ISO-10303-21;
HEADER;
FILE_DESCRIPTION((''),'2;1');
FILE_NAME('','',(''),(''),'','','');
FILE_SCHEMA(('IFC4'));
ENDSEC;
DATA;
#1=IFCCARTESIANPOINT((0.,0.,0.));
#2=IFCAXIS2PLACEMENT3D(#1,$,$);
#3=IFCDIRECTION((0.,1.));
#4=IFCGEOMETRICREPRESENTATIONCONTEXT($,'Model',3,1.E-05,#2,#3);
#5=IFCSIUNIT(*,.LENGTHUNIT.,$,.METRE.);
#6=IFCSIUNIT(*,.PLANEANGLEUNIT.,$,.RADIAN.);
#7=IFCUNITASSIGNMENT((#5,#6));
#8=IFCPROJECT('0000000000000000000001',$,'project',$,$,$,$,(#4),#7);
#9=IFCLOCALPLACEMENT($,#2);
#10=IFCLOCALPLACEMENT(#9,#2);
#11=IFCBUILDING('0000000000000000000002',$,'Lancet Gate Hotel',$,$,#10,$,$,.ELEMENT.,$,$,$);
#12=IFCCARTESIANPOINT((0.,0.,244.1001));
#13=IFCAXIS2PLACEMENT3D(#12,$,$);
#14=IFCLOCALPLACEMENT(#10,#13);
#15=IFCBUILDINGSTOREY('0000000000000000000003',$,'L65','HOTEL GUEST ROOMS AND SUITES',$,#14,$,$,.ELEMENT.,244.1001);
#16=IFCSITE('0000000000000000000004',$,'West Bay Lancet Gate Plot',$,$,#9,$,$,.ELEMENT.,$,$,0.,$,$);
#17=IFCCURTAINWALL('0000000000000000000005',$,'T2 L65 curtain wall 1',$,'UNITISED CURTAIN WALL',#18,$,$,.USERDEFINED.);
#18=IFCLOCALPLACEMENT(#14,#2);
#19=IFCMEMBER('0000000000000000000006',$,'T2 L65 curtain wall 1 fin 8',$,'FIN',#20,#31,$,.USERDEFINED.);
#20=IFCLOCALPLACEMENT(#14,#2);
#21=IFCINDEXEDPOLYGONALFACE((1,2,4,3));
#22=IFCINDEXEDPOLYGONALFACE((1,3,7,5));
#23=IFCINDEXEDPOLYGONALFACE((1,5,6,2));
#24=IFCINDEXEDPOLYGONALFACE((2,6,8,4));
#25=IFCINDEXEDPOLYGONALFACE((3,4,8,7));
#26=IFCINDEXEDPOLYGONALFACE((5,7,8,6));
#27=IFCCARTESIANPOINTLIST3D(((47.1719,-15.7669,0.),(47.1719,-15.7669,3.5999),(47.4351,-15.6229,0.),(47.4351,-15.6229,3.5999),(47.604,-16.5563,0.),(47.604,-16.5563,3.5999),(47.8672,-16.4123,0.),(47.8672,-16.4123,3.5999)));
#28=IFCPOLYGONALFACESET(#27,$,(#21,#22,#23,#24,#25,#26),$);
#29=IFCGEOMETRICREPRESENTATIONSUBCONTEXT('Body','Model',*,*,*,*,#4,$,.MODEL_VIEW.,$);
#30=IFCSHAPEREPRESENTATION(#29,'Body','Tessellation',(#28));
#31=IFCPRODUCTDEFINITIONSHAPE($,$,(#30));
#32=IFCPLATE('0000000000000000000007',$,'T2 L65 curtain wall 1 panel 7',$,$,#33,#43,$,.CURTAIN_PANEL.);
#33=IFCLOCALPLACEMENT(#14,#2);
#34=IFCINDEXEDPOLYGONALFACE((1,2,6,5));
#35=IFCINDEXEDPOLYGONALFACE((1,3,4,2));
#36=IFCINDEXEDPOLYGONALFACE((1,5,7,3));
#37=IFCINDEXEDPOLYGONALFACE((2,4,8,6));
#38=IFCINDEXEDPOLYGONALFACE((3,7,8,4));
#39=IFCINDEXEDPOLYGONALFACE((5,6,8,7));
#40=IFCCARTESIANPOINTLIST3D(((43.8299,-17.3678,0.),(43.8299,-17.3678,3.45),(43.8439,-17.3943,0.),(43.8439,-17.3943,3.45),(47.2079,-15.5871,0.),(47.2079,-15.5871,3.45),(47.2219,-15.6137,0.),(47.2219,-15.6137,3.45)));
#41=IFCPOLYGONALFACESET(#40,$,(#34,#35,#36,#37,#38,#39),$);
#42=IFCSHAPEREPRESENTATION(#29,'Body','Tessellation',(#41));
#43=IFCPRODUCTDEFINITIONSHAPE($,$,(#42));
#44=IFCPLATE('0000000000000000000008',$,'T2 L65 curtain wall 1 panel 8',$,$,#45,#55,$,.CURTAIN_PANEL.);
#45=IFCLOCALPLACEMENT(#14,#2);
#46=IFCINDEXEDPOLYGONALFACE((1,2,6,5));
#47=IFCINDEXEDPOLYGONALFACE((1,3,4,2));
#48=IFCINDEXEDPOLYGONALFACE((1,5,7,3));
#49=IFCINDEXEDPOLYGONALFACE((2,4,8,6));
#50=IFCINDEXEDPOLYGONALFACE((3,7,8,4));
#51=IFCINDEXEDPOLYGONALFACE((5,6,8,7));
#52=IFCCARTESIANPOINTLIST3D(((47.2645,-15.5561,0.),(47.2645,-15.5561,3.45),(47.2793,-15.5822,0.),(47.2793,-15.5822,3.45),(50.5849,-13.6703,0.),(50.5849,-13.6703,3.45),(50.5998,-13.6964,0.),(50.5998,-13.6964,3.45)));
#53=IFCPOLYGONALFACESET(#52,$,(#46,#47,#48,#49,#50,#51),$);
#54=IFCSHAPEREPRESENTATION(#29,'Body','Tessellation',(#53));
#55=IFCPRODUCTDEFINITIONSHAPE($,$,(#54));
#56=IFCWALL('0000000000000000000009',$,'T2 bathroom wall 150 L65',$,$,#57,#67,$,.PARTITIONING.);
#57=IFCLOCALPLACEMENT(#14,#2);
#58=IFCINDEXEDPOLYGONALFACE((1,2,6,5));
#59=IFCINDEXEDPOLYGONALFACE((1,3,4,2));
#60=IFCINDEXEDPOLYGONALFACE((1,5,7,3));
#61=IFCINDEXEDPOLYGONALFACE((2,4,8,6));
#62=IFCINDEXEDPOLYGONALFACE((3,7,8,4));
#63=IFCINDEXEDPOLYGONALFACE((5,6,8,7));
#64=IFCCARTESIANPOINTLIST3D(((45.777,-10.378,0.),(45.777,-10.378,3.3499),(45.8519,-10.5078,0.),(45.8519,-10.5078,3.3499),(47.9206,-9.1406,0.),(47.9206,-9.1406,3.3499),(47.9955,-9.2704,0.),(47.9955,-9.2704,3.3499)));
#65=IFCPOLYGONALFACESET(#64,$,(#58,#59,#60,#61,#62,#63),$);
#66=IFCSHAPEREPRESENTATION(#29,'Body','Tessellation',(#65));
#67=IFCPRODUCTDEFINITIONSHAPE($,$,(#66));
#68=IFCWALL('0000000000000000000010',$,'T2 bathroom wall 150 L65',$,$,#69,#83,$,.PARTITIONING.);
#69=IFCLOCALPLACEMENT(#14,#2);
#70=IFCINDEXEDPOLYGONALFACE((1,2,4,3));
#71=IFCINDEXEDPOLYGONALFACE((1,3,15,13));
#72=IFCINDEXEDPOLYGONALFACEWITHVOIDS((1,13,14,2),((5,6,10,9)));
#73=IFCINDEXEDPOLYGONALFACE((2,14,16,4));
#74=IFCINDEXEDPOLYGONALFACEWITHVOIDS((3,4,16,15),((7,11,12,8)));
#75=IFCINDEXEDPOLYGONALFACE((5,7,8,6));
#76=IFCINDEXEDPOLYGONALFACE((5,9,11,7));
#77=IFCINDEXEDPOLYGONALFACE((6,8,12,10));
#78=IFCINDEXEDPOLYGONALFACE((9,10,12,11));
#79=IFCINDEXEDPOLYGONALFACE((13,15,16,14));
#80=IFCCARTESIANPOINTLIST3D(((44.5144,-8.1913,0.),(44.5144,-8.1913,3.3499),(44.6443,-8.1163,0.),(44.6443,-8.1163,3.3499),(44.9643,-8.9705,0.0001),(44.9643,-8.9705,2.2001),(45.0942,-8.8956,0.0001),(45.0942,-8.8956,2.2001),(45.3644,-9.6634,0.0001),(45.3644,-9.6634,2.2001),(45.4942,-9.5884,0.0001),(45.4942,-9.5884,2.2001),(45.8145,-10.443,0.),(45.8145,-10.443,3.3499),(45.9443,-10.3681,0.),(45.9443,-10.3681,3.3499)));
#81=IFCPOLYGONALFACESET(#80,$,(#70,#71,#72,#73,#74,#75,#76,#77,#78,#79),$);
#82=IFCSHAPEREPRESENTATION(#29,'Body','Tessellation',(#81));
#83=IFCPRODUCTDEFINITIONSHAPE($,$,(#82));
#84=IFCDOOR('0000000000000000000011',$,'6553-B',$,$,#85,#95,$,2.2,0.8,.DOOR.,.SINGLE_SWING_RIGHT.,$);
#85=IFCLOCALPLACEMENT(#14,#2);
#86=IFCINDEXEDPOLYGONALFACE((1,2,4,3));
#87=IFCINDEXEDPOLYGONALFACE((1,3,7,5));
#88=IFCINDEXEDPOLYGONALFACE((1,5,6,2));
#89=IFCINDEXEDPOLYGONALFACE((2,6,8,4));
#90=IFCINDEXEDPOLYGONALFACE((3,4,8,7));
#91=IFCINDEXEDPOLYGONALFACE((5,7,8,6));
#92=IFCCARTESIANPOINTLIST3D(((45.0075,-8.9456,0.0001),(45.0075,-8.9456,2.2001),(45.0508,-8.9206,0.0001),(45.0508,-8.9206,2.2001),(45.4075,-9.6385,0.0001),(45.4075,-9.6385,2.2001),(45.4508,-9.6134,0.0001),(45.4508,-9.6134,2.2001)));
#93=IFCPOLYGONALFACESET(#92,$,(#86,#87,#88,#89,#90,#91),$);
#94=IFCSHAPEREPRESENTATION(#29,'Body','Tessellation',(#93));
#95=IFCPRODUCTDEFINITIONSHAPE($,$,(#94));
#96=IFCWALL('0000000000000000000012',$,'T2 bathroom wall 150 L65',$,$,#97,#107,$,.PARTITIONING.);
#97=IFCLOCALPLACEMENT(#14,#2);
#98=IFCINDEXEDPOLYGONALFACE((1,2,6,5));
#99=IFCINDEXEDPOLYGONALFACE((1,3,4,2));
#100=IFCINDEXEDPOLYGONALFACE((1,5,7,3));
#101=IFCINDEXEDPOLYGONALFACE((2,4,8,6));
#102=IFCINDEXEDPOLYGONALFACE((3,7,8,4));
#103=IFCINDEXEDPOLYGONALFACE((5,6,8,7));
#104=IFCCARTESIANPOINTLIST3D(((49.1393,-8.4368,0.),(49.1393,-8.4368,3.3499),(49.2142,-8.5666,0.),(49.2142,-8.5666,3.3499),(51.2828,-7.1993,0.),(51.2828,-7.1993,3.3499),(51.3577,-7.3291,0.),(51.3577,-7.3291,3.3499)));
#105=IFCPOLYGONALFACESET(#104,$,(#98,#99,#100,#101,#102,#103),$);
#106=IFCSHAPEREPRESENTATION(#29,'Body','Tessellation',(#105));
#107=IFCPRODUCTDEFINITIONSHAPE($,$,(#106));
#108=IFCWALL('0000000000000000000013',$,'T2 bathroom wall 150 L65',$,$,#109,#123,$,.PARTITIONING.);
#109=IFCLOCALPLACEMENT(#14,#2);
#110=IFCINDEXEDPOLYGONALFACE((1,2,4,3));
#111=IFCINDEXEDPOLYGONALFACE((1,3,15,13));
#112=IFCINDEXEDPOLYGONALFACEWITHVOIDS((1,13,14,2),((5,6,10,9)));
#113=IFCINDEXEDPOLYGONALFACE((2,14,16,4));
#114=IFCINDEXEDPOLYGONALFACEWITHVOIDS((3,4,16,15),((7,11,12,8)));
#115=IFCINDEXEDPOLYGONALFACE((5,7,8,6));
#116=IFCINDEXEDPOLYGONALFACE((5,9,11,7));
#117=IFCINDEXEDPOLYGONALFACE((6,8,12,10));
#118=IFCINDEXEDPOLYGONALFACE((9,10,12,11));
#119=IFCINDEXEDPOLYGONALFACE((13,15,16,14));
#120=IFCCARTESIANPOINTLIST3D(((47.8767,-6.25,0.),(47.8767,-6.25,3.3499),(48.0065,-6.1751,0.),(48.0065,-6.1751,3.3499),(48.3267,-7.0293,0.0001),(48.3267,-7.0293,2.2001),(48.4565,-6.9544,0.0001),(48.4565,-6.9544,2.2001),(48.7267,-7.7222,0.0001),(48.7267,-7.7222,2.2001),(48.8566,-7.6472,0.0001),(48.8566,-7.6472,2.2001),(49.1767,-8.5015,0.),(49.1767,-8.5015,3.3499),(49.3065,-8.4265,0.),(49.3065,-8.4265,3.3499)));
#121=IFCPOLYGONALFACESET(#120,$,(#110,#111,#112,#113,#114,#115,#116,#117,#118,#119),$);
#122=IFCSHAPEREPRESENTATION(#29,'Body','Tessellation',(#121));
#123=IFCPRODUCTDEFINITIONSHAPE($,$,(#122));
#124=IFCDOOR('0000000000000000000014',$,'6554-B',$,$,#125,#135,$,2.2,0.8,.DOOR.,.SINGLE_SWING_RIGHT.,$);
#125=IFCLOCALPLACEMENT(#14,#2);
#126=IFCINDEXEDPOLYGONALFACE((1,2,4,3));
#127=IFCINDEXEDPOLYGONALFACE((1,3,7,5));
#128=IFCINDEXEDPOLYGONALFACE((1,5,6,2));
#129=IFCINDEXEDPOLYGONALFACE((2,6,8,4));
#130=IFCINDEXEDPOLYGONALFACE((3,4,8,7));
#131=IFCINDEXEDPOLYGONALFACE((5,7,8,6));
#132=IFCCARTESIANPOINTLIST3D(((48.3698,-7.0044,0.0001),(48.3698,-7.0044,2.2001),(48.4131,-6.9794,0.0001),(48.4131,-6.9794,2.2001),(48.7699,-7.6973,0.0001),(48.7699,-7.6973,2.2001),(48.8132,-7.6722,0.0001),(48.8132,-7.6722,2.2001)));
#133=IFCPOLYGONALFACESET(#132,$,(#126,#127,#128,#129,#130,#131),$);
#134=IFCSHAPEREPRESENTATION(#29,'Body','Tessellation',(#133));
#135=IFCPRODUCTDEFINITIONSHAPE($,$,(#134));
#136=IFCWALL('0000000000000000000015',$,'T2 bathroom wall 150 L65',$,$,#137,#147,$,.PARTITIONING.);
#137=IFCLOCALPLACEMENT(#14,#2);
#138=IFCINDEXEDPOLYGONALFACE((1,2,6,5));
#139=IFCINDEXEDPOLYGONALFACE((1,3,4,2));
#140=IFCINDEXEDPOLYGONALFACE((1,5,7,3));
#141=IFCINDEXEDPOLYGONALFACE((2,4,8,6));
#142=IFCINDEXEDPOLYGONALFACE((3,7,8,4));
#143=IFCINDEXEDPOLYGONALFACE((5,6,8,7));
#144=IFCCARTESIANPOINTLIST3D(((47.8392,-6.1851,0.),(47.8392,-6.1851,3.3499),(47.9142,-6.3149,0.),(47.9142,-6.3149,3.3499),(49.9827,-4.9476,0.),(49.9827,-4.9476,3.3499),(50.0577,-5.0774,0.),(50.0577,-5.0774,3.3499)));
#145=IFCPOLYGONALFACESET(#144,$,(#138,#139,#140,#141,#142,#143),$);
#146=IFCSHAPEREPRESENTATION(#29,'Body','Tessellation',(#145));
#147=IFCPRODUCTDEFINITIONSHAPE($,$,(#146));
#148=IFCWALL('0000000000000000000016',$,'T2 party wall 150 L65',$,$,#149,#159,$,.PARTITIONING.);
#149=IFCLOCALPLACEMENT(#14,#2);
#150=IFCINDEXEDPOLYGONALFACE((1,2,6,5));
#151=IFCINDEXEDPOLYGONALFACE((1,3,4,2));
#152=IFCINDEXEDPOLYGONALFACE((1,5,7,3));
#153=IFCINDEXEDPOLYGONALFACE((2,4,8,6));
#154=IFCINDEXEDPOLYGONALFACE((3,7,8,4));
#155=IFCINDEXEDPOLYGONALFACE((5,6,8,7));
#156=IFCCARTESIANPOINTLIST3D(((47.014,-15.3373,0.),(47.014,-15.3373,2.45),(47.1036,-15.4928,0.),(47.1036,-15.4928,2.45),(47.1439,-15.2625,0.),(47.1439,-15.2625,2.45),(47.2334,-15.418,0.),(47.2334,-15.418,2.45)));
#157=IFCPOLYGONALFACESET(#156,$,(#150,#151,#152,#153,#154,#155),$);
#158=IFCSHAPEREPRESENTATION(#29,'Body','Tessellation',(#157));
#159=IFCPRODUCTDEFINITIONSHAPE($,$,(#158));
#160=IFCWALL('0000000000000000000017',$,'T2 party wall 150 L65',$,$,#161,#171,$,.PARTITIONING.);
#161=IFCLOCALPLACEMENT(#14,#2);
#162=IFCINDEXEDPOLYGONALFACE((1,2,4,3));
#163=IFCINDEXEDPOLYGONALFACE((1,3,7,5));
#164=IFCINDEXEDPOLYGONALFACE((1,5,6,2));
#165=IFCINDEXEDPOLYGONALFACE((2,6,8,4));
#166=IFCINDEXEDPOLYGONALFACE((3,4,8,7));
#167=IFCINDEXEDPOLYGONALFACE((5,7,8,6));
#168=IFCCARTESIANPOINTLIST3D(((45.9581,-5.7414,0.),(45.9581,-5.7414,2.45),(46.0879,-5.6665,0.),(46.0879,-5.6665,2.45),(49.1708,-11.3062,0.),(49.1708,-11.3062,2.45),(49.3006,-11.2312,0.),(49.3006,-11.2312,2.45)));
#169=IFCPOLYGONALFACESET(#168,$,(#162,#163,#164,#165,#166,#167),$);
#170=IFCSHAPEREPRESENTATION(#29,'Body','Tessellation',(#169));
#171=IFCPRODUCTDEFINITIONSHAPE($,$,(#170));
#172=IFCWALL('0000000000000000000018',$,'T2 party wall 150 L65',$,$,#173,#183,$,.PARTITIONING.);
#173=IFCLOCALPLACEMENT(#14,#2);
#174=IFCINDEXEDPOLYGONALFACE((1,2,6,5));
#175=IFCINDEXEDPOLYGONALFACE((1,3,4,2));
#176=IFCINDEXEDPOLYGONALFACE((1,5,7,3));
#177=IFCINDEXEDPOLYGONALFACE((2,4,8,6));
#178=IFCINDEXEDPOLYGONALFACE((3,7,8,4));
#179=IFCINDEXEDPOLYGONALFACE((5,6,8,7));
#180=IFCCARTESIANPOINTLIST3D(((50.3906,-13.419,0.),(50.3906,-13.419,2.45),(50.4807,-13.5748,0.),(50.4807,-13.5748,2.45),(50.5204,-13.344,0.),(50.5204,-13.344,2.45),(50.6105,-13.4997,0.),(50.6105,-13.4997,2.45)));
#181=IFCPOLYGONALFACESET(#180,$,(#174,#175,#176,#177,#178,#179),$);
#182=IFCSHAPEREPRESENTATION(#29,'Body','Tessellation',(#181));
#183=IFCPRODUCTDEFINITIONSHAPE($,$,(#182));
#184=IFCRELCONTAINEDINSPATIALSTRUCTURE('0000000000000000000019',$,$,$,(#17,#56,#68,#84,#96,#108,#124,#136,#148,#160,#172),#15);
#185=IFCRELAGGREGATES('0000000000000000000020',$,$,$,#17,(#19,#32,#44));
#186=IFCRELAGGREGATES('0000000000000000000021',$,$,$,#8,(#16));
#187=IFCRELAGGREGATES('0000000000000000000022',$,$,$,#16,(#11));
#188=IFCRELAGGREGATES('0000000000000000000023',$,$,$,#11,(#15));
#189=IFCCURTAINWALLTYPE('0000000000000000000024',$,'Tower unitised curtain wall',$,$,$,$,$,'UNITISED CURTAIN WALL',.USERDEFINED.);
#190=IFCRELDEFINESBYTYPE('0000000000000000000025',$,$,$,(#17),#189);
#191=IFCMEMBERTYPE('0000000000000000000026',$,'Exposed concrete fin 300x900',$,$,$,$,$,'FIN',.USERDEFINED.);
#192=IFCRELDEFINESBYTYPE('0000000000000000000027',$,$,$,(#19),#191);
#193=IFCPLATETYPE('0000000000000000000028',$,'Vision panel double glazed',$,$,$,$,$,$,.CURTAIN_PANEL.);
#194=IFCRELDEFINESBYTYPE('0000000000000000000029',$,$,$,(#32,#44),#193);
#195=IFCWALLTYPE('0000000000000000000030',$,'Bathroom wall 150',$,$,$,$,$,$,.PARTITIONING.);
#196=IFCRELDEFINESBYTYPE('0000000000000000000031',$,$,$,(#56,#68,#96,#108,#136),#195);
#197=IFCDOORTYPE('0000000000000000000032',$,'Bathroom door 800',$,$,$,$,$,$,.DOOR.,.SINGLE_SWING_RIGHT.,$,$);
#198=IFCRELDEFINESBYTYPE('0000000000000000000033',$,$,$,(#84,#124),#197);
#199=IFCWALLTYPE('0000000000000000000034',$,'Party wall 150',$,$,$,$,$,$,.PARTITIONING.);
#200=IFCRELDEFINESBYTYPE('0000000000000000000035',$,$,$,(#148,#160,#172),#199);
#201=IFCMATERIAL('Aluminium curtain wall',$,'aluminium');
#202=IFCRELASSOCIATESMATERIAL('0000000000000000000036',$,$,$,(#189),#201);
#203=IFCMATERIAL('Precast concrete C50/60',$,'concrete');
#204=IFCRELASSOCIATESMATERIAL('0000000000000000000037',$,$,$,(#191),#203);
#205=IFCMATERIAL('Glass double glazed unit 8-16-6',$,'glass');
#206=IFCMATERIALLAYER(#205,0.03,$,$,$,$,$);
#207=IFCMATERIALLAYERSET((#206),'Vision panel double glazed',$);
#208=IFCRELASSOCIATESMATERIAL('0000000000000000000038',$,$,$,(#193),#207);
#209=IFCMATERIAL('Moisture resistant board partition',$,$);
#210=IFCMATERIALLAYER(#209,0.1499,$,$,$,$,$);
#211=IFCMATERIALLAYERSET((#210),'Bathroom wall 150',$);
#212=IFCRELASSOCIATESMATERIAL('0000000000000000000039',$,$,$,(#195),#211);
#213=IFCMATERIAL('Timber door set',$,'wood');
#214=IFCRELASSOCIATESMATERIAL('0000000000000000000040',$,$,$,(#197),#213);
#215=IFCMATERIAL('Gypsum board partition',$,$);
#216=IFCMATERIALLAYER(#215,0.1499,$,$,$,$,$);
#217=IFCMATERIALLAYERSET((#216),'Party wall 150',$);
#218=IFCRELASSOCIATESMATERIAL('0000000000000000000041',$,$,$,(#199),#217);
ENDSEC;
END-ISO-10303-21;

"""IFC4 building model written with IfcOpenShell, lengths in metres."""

from ifc_helpers import new_model, si_unit, direction, frame, frame_2d, origin, origin_2d, place, context, subcontext, project, spatial, rectangle, extrude, material, layer, layer_set, material_profile, profile_set, type_object, element, fill, aggregate, save


model = new_model("IFC4")

# Units and contexts
model_context = context("Model", 3, precision=1e-05, world=origin(), true_north=direction((0.0, 1.0)))
body_context = subcontext(model_context, "Body", "Model", "MODEL_VIEW")
ifc_project = project(units=[si_unit("LENGTHUNIT", "METRE"), si_unit("PLANEANGLEUNIT", "RADIAN")], contexts=[model_context])

# Site, building, storey
site_placement = place(None, origin())
site = spatial("IfcSite", under=ifc_project, at=site_placement, Name="West Bay Lancet Gate Plot", CompositionType="ELEMENT", RefElevation=0.0)
building_placement = place(site_placement, origin())
building = spatial("IfcBuilding", under=site, at=building_placement, Name="Lancet Gate Hotel", CompositionType="ELEMENT")
storey_placement = place(building_placement, frame((0.0, 0.0, 244.1001)))
storey = spatial("IfcBuildingStorey", under=building, at=storey_placement, Name="L65", Description="HOTEL GUEST ROOMS AND SUITES", CompositionType="ELEMENT", Elevation=244.1001)

# Curtain wall
ifc_material_1 = material(Name="Aluminium curtain wall", Category="aluminium")
curtain_wall_type = type_object("IfcCurtainWallType", Name="Tower unitised curtain wall", ElementType="UNITISED CURTAIN WALL", PredefinedType="USERDEFINED", material=ifc_material_1)
curtain_wall_placement = place(storey_placement, origin())
curtain_wall = element("IfcCurtainWall", 1, at=curtain_wall_placement, inside=storey, type_object=curtain_wall_type, Name="T2 L65 curtain wall 1", ObjectType="UNITISED CURTAIN WALL", PredefinedType="USERDEFINED")

# Member
ifc_material_2 = material(Name="Precast concrete C50/60", Category="concrete")
ifc_material_profile_1 = material_profile(ifc_material_2, rectangle(XDim=0.3, YDim=0.8999, at=origin_2d()), Name="FIN 300x900")
ifc_profile_set_1 = profile_set([ifc_material_profile_1], Name="Precast concrete C50/60")
member_type_1 = type_object("IfcMemberType", Name="Exposed concrete fin 300x900", ElementType="FIN", PredefinedType="USERDEFINED", material=ifc_profile_set_1)
member_1_placement = place(storey_placement, frame((47.5195, -16.0896, 0.0), z_axis=(0.0, 0.0, 1.0), x_axis=(0.877195, 0.480135, 0.0)))
member_1 = element("IfcMember", 2, at=member_1_placement, type_object=member_type_1, Name="T2 L65 curtain wall 1 fin 8", ObjectType="FIN", PredefinedType="USERDEFINED", context=body_context, shape_type="SweptSolid", body=[
    extrude(rectangle(XDim=0.3, YDim=0.8999, at=origin_2d()), origin(), (0.0, 0.0, 1.0), 3.5999),
])

# Plates
ifc_material_3 = material(Name="Glass double glazed unit 8-16-6", Category="glass")
ifc_layer_1 = layer(ifc_material_3, 0.03)
ifc_layer_set_1 = layer_set([ifc_layer_1], Name="Vision panel double glazed")
plate_type = type_object("IfcPlateType", Name="Vision panel double glazed", PredefinedType="CURTAIN_PANEL", material=ifc_layer_set_1)
plate_1_placement = place(storey_placement, frame((45.5259, -16.4907, 0.0), z_axis=(0.0, 0.0, 1.0), x_axis=(0.884623, 0.466307, 0.0)))
plate_1 = element("IfcPlate", 3, at=plate_1_placement, type_object=plate_type, Name="T2 L65 curtain wall 1 panel 7", PredefinedType="CURTAIN_PANEL", context=body_context, shape_type="SweptSolid", body=[
    extrude(rectangle(XDim=3.8186, YDim=0.03, at=origin_2d()), origin(), (0.0, 0.0, 1.0), 3.45),
])
plate_2_placement = place(storey_placement, frame((48.9321, -14.6262, 0.0), z_axis=(0.0, 0.0, 1.0), x_axis=(0.86955, 0.493844, 0.0)))
plate_2 = element("IfcPlate", 4, at=plate_2_placement, type_object=plate_type, Name="T2 L65 curtain wall 1 panel 8", PredefinedType="CURTAIN_PANEL", context=body_context, shape_type="SweptSolid", body=[
    extrude(rectangle(XDim=3.8186, YDim=0.03, at=origin_2d()), origin(), (0.0, 0.0, 1.0), 3.45),
])
aggregate(curtain_wall, [member_1, plate_1, plate_2])

# Wall
ifc_material_4 = material(Name="Moisture resistant board partition")
ifc_layer_2 = layer(ifc_material_4, 0.1499)
ifc_layer_set_2 = layer_set([ifc_layer_2], Name="Bathroom wall 150")
wall_type_1 = type_object("IfcWallType", Name="Bathroom wall 150", PredefinedType="PARTITIONING", material=ifc_layer_set_2)
wall_1_placement = place(storey_placement, frame((45.8145, -10.4429, 0.0), z_axis=(0.0, 0.0, 1.0), x_axis=(0.866074, 0.499916, 0.0)))
element("IfcWall", 5, at=wall_1_placement, inside=storey, type_object=wall_type_1, Name="T2 bathroom wall 150 L65", PredefinedType="PARTITIONING", context=body_context, shape_type="SweptSolid", body=[
    extrude(rectangle(XDim=2.4751, YDim=0.1499, at=frame_2d((1.2375, 0.0))), origin(), (0.0, 0.0, 1.0), 3.3499),
])

# Wall, opening, door
wall_2_placement = place(storey_placement, frame((44.5793, -8.1538, 0.0), z_axis=(0.0, 0.0, 1.0), x_axis=(0.500007, -0.866021, 0.0)))
wall_2 = element("IfcWall", 6, at=wall_2_placement, inside=storey, type_object=wall_type_1, Name="T2 bathroom wall 150 L65", PredefinedType="PARTITIONING", context=body_context, shape_type="SweptSolid", body=[
    extrude(rectangle(XDim=2.6001, YDim=0.1499, at=frame_2d((1.3, 0.0))), origin(), (0.0, 0.0, 1.0), 3.3499),
])
opening_1_placement = place(wall_2_placement, frame((0.8999, 0.0, 0.0)))
opening_1 = element("IfcOpeningElement", 7, at=opening_1_placement, cuts=wall_2, PredefinedType="OPENING", context=body_context, shape_type="SweptSolid", body=[
    extrude(rectangle(XDim=0.8, YDim=2.2, at=frame_2d((0.3999, 1.1001))), frame((0.0, 0.085, 0.0), z_axis=(0.0, -1.0, 0.0), x_axis=(1.0, 0.0, 0.0)), (0.0, 0.0, 1.0), 0.1699),
])
ifc_material_5 = material(Name="Timber door set", Category="wood")
door_type = type_object("IfcDoorType", Name="Bathroom door 800", OperationType="SINGLE_SWING_RIGHT", PredefinedType="DOOR", material=ifc_material_5)
door_1_placement = place(opening_1_placement, origin())
door_1 = element("IfcDoor", 8, at=door_1_placement, inside=storey, type_object=door_type, Name="6553-B", OperationType="SINGLE_SWING_RIGHT", OverallHeight=2.2, OverallWidth=0.8, PredefinedType="DOOR", context=body_context, shape_type="SweptSolid", body=[
    extrude(rectangle(XDim=0.8, YDim=2.2, at=frame_2d((0.3999, 1.1001))), frame((0.0, 0.0249, 0.0), z_axis=(0.0, -1.0, 0.0), x_axis=(1.0, 0.0, 0.0)), (0.0, 0.0, 1.0), 0.05),
])
fill(opening_1, door_1)

# Wall
wall_3_placement = place(storey_placement, frame((49.1768, -8.5017, 0.0), z_axis=(0.0, 0.0, 1.0), x_axis=(0.866031, 0.49999, 0.0)))
element("IfcWall", 9, at=wall_3_placement, inside=storey, type_object=wall_type_1, Name="T2 bathroom wall 150 L65", PredefinedType="PARTITIONING", context=body_context, shape_type="SweptSolid", body=[
    extrude(rectangle(XDim=2.4751, YDim=0.1499, at=frame_2d((1.2375, 0.0))), origin(), (0.0, 0.0, 1.0), 3.3499),
])

# Wall, opening, door
wall_4_placement = place(storey_placement, frame((47.9417, -6.2126, 0.0), z_axis=(0.0, 0.0, 1.0), x_axis=(0.500048, -0.865998, 0.0)))
wall_4 = element("IfcWall", 10, at=wall_4_placement, inside=storey, type_object=wall_type_1, Name="T2 bathroom wall 150 L65", PredefinedType="PARTITIONING", context=body_context, shape_type="SweptSolid", body=[
    extrude(rectangle(XDim=2.5999, YDim=0.1499, at=frame_2d((1.2998, 0.0))), origin(), (0.0, 0.0, 1.0), 3.3499),
])
opening_2_placement = place(wall_4_placement, frame((0.8999, 0.0, 0.0)))
opening_2 = element("IfcOpeningElement", 11, at=opening_2_placement, cuts=wall_4, PredefinedType="OPENING", context=body_context, shape_type="SweptSolid", body=[
    extrude(rectangle(XDim=0.8, YDim=2.2, at=frame_2d((0.3999, 1.1001))), frame((0.0, 0.085, 0.0), z_axis=(0.0, -1.0, 0.0), x_axis=(1.0, 0.0, 0.0)), (0.0, 0.0, 1.0), 0.1699),
])
door_2_placement = place(opening_2_placement, origin())
door_2 = element("IfcDoor", 12, at=door_2_placement, inside=storey, type_object=door_type, Name="6554-B", OperationType="SINGLE_SWING_RIGHT", OverallHeight=2.2, OverallWidth=0.8, PredefinedType="DOOR", context=body_context, shape_type="SweptSolid", body=[
    extrude(rectangle(XDim=0.8, YDim=2.2, at=frame_2d((0.3999, 1.1001))), frame((0.0, 0.0249, 0.0), z_axis=(0.0, -1.0, 0.0), x_axis=(1.0, 0.0, 0.0)), (0.0, 0.0, 1.0), 0.05),
])
fill(opening_2, door_2)

# Walls
wall_5_placement = place(storey_placement, frame((47.8767, -6.25, 0.0), z_axis=(0.0, 0.0, 1.0), x_axis=(0.866031, 0.49999, 0.0)))
element("IfcWall", 13, at=wall_5_placement, inside=storey, type_object=wall_type_1, Name="T2 bathroom wall 150 L65", PredefinedType="PARTITIONING", context=body_context, shape_type="SweptSolid", body=[
    extrude(rectangle(XDim=2.4751, YDim=0.1499, at=frame_2d((1.2375, 0.0))), origin(), (0.0, 0.0, 1.0), 3.3499),
])
ifc_material_6 = material(Name="Gypsum board partition")
ifc_layer_3 = layer(ifc_material_6, 0.1499)
ifc_layer_set_3 = layer_set([ifc_layer_3], Name="Party wall 150")
wall_type_2 = type_object("IfcWallType", Name="Party wall 150", PredefinedType="PARTITIONING", material=ifc_layer_set_3)
wall_6_placement = place(storey_placement, frame((47.0789, -15.2998, 0.0), z_axis=(0.0, 0.0, 1.0), x_axis=(0.499212, -0.86648, 0.0)))
element("IfcWall", 14, at=wall_6_placement, inside=storey, type_object=wall_type_2, Name="T2 party wall 150 L65", PredefinedType="PARTITIONING", context=body_context, shape_type="SweptSolid", body=[
    extrude(rectangle(XDim=0.1794, YDim=0.1499, at=frame_2d((0.0898, 0.0))), origin(), (0.0, 0.0, 1.0), 2.45),
])
wall_7_placement = place(storey_placement, frame((46.0229, -5.7039, 0.0), z_axis=(0.0, 0.0, 1.0), x_axis=(0.499984, -0.866034, 0.0)))
element("IfcWall", 15, at=wall_7_placement, inside=storey, type_object=wall_type_2, Name="T2 party wall 150 L65", PredefinedType="PARTITIONING", context=body_context, shape_type="SweptSolid", body=[
    extrude(rectangle(XDim=6.4255, YDim=0.1499, at=frame_2d((3.2129, 0.0))), origin(), (0.0, 0.0, 1.0), 2.45),
])
wall_8_placement = place(storey_placement, frame((50.4556, -13.3816, 0.0), z_axis=(0.0, 0.0, 1.0), x_axis=(0.500662, -0.865643, 0.0)))
element("IfcWall", 16, at=wall_8_placement, inside=storey, type_object=wall_type_2, Name="T2 party wall 150 L65", PredefinedType="PARTITIONING", context=body_context, shape_type="SweptSolid", body=[
    extrude(rectangle(XDim=0.1799, YDim=0.1499, at=frame_2d((0.0898, 0.0))), origin(), (0.0, 0.0, 1.0), 2.45),
])

save(model, "model.ifc")
